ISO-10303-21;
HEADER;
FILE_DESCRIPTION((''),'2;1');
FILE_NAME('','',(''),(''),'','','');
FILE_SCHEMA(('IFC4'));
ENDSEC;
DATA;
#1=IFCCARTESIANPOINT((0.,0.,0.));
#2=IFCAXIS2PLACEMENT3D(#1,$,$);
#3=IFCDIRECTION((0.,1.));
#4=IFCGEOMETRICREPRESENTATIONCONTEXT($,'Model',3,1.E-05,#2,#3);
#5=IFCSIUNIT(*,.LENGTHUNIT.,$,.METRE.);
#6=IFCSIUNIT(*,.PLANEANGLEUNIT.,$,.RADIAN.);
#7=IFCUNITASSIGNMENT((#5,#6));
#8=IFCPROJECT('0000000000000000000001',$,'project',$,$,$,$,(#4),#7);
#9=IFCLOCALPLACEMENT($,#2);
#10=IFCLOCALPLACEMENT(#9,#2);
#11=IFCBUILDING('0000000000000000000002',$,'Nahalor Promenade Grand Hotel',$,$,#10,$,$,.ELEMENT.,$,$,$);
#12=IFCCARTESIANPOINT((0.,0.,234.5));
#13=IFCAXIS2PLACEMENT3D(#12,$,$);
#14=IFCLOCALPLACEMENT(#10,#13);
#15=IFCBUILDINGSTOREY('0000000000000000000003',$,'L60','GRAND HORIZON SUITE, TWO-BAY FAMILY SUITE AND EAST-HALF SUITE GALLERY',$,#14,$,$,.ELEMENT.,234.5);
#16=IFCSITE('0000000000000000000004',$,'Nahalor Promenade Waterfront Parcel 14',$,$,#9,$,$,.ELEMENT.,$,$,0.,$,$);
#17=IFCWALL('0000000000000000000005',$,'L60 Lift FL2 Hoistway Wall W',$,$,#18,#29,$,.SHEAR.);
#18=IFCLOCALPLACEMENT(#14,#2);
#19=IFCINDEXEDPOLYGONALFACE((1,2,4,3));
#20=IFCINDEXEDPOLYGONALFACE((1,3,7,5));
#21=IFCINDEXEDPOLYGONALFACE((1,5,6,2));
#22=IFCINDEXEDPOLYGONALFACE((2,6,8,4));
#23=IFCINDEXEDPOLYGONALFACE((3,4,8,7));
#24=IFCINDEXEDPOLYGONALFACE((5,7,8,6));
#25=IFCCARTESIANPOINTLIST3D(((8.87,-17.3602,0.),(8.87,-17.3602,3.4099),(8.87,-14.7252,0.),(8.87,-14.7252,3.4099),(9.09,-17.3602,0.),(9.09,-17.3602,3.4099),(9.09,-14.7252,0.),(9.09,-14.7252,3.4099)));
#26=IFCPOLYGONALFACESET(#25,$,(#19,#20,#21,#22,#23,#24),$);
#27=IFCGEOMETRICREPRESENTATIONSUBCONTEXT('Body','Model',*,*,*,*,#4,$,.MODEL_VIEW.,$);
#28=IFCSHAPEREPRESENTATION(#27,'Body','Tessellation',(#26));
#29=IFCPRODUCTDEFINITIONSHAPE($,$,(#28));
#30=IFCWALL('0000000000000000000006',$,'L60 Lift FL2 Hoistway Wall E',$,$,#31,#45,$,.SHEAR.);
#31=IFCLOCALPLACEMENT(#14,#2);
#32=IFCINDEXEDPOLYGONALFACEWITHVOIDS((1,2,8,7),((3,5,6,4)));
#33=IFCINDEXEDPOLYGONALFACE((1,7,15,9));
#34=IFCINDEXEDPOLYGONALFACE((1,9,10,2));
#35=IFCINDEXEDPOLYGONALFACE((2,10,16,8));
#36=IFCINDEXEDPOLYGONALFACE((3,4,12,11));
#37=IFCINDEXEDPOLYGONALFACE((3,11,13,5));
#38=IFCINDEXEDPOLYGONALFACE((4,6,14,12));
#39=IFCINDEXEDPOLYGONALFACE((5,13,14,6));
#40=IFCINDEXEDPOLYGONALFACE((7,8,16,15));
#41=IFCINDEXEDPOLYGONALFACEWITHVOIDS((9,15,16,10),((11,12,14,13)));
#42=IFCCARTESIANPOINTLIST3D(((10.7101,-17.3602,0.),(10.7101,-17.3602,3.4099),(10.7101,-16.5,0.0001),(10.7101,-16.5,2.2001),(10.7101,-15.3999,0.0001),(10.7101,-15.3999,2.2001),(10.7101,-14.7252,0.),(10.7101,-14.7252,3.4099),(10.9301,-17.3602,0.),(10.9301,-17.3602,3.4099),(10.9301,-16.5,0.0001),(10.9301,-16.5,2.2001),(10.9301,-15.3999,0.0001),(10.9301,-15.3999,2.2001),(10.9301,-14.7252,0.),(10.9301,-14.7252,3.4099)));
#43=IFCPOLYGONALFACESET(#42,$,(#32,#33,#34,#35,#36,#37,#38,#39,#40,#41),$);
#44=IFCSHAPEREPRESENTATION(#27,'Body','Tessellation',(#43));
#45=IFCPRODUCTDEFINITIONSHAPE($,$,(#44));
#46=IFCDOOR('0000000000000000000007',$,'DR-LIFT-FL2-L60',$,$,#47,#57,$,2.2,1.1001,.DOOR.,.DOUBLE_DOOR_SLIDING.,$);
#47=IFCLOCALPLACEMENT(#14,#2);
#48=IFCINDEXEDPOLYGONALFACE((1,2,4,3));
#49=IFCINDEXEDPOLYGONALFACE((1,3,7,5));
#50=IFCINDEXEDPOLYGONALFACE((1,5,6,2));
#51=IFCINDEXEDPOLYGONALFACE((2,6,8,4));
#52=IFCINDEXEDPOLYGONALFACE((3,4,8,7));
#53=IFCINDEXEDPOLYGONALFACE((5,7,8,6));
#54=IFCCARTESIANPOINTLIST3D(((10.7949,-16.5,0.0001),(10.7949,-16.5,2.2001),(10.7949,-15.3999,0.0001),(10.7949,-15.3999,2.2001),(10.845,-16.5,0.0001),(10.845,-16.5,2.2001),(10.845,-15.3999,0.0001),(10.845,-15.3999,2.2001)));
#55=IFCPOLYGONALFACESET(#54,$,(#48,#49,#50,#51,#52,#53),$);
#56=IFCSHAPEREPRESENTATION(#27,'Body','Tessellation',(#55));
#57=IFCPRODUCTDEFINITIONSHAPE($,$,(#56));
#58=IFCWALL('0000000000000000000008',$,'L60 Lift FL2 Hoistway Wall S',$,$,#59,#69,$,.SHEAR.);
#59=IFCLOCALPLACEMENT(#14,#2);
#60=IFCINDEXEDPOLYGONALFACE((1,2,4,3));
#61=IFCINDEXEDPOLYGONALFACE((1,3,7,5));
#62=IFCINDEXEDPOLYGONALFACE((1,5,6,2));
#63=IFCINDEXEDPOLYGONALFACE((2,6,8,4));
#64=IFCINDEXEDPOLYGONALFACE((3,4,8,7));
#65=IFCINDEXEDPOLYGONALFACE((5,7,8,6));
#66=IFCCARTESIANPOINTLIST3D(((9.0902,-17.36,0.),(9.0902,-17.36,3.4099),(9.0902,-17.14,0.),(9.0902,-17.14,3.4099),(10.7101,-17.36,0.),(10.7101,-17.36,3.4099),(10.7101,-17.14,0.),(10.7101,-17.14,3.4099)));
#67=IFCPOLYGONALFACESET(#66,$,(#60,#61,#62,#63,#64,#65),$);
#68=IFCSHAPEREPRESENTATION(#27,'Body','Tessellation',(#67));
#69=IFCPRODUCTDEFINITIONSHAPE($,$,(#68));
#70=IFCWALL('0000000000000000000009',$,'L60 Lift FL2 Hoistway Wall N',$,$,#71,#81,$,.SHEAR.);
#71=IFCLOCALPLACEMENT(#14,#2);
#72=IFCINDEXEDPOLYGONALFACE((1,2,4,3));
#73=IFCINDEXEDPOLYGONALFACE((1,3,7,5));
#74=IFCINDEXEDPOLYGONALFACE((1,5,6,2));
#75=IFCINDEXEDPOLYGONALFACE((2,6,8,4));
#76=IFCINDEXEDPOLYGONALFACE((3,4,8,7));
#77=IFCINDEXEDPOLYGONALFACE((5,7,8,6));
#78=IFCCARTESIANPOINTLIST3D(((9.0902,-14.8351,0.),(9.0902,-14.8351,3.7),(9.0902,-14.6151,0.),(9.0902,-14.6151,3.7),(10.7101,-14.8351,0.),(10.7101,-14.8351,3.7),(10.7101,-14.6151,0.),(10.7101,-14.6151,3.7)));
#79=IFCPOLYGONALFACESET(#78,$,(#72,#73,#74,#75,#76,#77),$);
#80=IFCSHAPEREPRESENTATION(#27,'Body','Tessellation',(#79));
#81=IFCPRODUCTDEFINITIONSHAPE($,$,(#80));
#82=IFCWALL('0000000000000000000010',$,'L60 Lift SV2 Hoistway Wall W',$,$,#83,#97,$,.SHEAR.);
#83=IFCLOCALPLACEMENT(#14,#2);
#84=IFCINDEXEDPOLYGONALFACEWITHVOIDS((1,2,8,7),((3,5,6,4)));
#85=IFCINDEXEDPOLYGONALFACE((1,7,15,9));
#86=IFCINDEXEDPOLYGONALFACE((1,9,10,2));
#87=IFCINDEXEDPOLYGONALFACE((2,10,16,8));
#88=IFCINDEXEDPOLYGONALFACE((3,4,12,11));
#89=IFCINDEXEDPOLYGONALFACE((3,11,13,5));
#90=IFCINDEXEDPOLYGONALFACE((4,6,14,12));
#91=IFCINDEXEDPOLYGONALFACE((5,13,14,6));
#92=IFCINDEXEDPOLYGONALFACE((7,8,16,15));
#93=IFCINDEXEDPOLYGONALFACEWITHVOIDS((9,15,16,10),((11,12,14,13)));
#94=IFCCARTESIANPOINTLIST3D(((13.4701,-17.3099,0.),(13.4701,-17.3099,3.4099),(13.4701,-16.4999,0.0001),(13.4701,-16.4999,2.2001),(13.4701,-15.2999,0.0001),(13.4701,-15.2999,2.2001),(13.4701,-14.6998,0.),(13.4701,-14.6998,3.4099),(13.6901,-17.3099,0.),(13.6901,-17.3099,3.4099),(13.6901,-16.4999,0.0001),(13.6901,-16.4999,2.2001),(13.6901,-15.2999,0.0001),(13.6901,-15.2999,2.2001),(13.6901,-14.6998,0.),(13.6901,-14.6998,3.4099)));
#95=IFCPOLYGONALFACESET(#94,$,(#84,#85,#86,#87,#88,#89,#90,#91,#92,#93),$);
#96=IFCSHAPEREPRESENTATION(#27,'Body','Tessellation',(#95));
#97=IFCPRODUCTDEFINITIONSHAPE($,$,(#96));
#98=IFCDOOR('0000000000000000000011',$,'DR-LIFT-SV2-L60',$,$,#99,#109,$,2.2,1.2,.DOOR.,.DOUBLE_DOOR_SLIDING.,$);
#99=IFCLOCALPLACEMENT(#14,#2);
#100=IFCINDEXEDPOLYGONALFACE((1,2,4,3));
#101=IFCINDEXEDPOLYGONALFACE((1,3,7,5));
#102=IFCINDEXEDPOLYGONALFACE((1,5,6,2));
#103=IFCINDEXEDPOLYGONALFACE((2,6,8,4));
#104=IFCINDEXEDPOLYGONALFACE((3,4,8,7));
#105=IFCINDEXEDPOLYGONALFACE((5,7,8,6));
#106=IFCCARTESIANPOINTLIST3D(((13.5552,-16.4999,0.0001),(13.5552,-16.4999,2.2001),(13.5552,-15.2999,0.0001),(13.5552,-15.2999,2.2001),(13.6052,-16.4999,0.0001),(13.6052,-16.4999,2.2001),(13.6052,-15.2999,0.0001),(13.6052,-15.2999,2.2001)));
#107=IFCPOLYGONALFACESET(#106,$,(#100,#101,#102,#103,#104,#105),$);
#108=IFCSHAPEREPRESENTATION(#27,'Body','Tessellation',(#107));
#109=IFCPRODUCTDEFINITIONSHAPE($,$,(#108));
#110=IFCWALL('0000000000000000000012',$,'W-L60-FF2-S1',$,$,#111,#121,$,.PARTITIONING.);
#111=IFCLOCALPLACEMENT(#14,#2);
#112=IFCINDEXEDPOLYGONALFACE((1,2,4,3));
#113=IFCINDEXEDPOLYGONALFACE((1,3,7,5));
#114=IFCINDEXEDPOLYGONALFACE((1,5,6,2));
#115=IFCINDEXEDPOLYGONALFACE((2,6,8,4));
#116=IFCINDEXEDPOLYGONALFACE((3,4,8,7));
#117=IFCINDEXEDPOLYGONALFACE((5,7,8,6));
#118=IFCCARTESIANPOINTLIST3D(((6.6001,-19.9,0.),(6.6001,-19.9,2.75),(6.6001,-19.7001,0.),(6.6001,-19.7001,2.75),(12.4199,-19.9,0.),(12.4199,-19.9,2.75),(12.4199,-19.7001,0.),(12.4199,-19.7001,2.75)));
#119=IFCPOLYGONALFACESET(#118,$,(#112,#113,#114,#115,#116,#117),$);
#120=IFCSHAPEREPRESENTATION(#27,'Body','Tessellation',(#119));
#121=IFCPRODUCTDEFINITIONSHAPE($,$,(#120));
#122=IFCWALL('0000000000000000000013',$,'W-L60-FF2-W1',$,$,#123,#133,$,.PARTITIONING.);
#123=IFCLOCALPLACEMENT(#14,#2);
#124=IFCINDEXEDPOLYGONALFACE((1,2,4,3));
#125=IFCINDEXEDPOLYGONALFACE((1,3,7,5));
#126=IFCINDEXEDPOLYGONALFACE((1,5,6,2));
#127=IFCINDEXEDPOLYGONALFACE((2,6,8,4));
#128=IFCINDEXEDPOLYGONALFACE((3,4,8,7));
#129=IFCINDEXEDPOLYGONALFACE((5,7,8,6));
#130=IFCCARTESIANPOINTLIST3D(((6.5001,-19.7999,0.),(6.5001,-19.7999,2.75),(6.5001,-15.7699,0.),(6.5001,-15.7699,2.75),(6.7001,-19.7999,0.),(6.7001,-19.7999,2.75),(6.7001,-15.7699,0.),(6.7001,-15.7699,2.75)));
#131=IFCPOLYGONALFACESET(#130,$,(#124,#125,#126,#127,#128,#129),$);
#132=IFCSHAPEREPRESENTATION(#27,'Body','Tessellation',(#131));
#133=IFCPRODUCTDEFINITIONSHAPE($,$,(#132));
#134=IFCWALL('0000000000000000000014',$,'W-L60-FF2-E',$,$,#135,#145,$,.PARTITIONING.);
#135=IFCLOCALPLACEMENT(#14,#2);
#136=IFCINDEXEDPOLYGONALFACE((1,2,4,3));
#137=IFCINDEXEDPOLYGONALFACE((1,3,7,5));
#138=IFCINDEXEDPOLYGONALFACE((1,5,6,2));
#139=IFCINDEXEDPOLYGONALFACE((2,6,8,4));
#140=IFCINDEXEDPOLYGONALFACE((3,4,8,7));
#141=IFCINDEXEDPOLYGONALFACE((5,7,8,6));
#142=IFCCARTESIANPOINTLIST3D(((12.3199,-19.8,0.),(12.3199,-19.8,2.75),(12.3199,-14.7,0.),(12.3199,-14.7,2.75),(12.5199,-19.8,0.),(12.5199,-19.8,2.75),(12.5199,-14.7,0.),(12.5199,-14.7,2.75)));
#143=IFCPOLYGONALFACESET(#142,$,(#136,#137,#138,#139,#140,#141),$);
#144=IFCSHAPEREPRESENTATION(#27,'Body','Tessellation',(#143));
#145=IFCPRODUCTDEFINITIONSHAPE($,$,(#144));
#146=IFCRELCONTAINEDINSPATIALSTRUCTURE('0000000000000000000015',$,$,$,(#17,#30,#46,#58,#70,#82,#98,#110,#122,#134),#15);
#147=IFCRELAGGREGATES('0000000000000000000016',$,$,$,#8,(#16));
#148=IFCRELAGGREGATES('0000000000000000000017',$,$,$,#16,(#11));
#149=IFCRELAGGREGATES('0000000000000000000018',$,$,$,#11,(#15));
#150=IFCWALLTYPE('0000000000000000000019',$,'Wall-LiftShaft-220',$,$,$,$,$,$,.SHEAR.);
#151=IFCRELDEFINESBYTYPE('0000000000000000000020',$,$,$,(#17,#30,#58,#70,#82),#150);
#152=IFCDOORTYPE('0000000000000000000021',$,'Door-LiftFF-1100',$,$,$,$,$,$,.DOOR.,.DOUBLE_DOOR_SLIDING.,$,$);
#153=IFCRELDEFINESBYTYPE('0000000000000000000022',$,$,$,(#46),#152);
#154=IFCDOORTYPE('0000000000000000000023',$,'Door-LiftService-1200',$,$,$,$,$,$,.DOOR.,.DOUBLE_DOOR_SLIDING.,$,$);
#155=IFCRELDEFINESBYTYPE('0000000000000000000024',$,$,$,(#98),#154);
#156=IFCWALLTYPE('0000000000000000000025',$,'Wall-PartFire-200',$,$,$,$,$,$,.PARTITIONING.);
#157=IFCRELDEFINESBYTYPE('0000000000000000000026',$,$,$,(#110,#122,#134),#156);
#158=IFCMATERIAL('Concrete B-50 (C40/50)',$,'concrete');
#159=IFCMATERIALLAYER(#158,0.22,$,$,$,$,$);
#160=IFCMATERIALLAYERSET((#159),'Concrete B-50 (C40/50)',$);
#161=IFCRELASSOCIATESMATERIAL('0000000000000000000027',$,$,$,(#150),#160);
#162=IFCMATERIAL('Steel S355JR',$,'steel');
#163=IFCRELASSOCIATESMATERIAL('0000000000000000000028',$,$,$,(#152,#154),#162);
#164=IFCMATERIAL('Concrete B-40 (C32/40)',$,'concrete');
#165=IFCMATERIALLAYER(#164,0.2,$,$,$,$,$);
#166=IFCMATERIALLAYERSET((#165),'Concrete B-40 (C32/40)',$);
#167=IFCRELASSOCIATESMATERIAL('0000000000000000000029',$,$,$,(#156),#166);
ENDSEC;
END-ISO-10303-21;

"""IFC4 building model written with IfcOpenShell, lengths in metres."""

from ifc_helpers import new_model, si_unit, direction, frame, frame_2d, origin, place, context, subcontext, project, spatial, rectangle, extrude, source, transform, mapped, material, layer, layer_set, type_object, element, fill, save


model = new_model("IFC4")

# Units and contexts
model_context = context("Model", 3, precision=1e-05, world=origin(), true_north=direction((0.0, 1.0)))
body_context = subcontext(model_context, "Body", "Model", "MODEL_VIEW")
ifc_project = project(units=[si_unit("LENGTHUNIT", "METRE"), si_unit("PLANEANGLEUNIT", "RADIAN")], contexts=[model_context])

# Site, building, storey
site_placement = place(None, origin())
site = spatial("IfcSite", under=ifc_project, at=site_placement, Name="Nahalor Promenade Waterfront Parcel 14", CompositionType="ELEMENT", RefElevation=0.0)
building_placement = place(site_placement, origin())
building = spatial("IfcBuilding", under=site, at=building_placement, Name="Nahalor Promenade Grand Hotel", CompositionType="ELEMENT")
storey_placement = place(building_placement, frame((0.0, 0.0, 234.5)))
storey = spatial("IfcBuildingStorey", under=building, at=storey_placement, Name="L60", Description="GRAND HORIZON SUITE, TWO-BAY FAMILY SUITE AND EAST-HALF SUITE GALLERY", CompositionType="ELEMENT", Elevation=234.5)

# Shared definitions
ifc_material_1 = material(Name="Steel S355JR", Category="steel")

# Shared definitions
ifc_material_2 = material(Name="Concrete B-50 (C40/50)", Category="concrete")

# Shared definitions
ifc_layer_1 = layer(ifc_material_2, 0.22)
ifc_layer_set_1 = layer_set([ifc_layer_1], Name="Concrete B-50 (C40/50)")
wall_type_1 = type_object("IfcWallType", Name="Wall-LiftShaft-220", PredefinedType="SHEAR", material=ifc_layer_set_1)

# Wall
shared_shape_1 = source(origin(), body_context, "Body", "SweptSolid", [
    extrude(rectangle(XDim=2.635, YDim=0.22, at=frame_2d((1.3174, 0.0))), origin(), (0.0, 0.0, 1.0), 3.4099),
])
wall_1_placement = place(storey_placement, frame((8.98, -17.3601, 0.0), z_axis=(0.0, 0.0, 1.0), x_axis=(0.0, 1.0, 0.0)))
element("IfcWall", 1, at=wall_1_placement, inside=storey, type_object=wall_type_1, Name="L60 Lift FL2 Hoistway Wall W", PredefinedType="SHEAR", context=body_context, shape_type="MappedRepresentation", body=[
    mapped(shared_shape_1, transform((0.0, 0.0, 0.0), scale=1.0)),
])

# Wall, opening, door
wall_2_placement = place(storey_placement, frame((10.8201, -17.3601, 0.0), z_axis=(0.0, 0.0, 1.0), x_axis=(0.0, 1.0, 0.0)))
wall_2 = element("IfcWall", 2, at=wall_2_placement, inside=storey, type_object=wall_type_1, Name="L60 Lift FL2 Hoistway Wall E", PredefinedType="SHEAR", context=body_context, shape_type="MappedRepresentation", body=[
    mapped(shared_shape_1, transform((0.0, 0.0, 0.0), scale=1.0)),
])
opening_1_placement = place(wall_2_placement, frame((0.8601, 0.0, 0.0)))
opening_1 = element("IfcOpeningElement", 3, at=opening_1_placement, cuts=wall_2, PredefinedType="OPENING", context=body_context, shape_type="SweptSolid", body=[
    extrude(rectangle(XDim=1.1001, YDim=2.2, at=frame_2d((0.55, 1.1001))), frame((0.0, 0.1199, 0.0), z_axis=(0.0, -1.0, 0.0), x_axis=(1.0, 0.0, 0.0)), (0.0, 0.0, 1.0), 0.24),
])
door_type_1 = type_object("IfcDoorType", Name="Door-LiftFF-1100", OperationType="DOUBLE_DOOR_SLIDING", PredefinedType="DOOR", material=ifc_material_1)
shared_shape_2 = source(origin(), body_context, "Body", "SweptSolid", [
    extrude(rectangle(XDim=1.1001, YDim=2.2, at=frame_2d((0.55, 1.1001))), frame((0.0, 0.0249, 0.0), z_axis=(0.0, -1.0, 0.0), x_axis=(1.0, 0.0, 0.0)), (0.0, 0.0, 1.0), 0.05),
])
door_1_placement = place(opening_1_placement, frame((1.1001, 0.0, 0.0), z_axis=(0.0, 0.0, 1.0), x_axis=(-1.0, 0.0, 0.0)))
door_1 = element("IfcDoor", 4, at=door_1_placement, inside=storey, type_object=door_type_1, Name="DR-LIFT-FL2-L60", OperationType="DOUBLE_DOOR_SLIDING", OverallHeight=2.2, OverallWidth=1.1001, PredefinedType="DOOR", context=body_context, shape_type="MappedRepresentation", body=[
    mapped(shared_shape_2, transform((0.0, 0.0, 0.0), scale=1.0)),
])
fill(opening_1, door_1)

# Walls
shared_shape_3 = source(origin(), body_context, "Body", "SweptSolid", [
    extrude(rectangle(XDim=1.6199, YDim=0.22, at=frame_2d((0.8101, 0.0))), origin(), (0.0, 0.0, 1.0), 3.4099),
])
wall_3_placement = place(storey_placement, frame((9.0901, -17.25, 0.0), z_axis=(0.0, 0.0, 1.0), x_axis=(1.0, 0.0, 0.0)))
element("IfcWall", 5, at=wall_3_placement, inside=storey, type_object=wall_type_1, Name="L60 Lift FL2 Hoistway Wall S", PredefinedType="SHEAR", context=body_context, shape_type="MappedRepresentation", body=[
    mapped(shared_shape_3, transform((0.0, 0.0, 0.0), scale=1.0)),
])
shared_shape_4 = source(origin(), body_context, "Body", "SweptSolid", [
    extrude(rectangle(XDim=1.6199, YDim=0.22, at=frame_2d((0.8101, 0.0))), origin(), (0.0, 0.0, 1.0), 3.7),
])
wall_4_placement = place(storey_placement, frame((9.0901, -14.7251, 0.0), z_axis=(0.0, 0.0, 1.0), x_axis=(1.0, 0.0, 0.0)))
element("IfcWall", 6, at=wall_4_placement, inside=storey, type_object=wall_type_1, Name="L60 Lift FL2 Hoistway Wall N", PredefinedType="SHEAR", context=body_context, shape_type="MappedRepresentation", body=[
    mapped(shared_shape_4, transform((0.0, 0.0, 0.0), scale=1.0)),
])

# Wall, opening, door
shared_shape_5 = source(origin(), body_context, "Body", "SweptSolid", [
    extrude(rectangle(XDim=2.6101, YDim=0.22, at=frame_2d((1.3052, 0.0))), origin(), (0.0, 0.0, 1.0), 3.4099),
])
wall_5_placement = place(storey_placement, frame((13.5801, -17.3101, 0.0), z_axis=(0.0, 0.0, 1.0), x_axis=(0.0, 1.0, 0.0)))
wall_5 = element("IfcWall", 7, at=wall_5_placement, inside=storey, type_object=wall_type_1, Name="L60 Lift SV2 Hoistway Wall W", PredefinedType="SHEAR", context=body_context, shape_type="MappedRepresentation", body=[
    mapped(shared_shape_5, transform((0.0, 0.0, 0.0), scale=1.0)),
])
opening_2_placement = place(wall_5_placement, frame((0.8101, 0.0, 0.0)))
opening_2 = element("IfcOpeningElement", 8, at=opening_2_placement, cuts=wall_5, PredefinedType="OPENING", context=body_context, shape_type="SweptSolid", body=[
    extrude(rectangle(XDim=1.2, YDim=2.2, at=frame_2d((0.6001, 1.1001))), frame((0.0, 0.1199, 0.0), z_axis=(0.0, -1.0, 0.0), x_axis=(1.0, 0.0, 0.0)), (0.0, 0.0, 1.0), 0.24),
])
door_type_2 = type_object("IfcDoorType", Name="Door-LiftService-1200", OperationType="DOUBLE_DOOR_SLIDING", PredefinedType="DOOR", material=ifc_material_1)
shared_shape_6 = source(origin(), body_context, "Body", "SweptSolid", [
    extrude(rectangle(XDim=1.2, YDim=2.2, at=frame_2d((0.6001, 1.1001))), frame((0.0, 0.0249, 0.0), z_axis=(0.0, -1.0, 0.0), x_axis=(1.0, 0.0, 0.0)), (0.0, 0.0, 1.0), 0.05),
])
door_2_placement = place(opening_2_placement, origin())
door_2 = element("IfcDoor", 9, at=door_2_placement, inside=storey, type_object=door_type_2, Name="DR-LIFT-SV2-L60", OperationType="DOUBLE_DOOR_SLIDING", OverallHeight=2.2, OverallWidth=1.2, PredefinedType="DOOR", context=body_context, shape_type="MappedRepresentation", body=[
    mapped(shared_shape_6, transform((0.0, 0.0, 0.0), scale=1.0)),
])
fill(opening_2, door_2)

# Walls
ifc_material_3 = material(Name="Concrete B-40 (C32/40)", Category="concrete")
ifc_layer_2 = layer(ifc_material_3, 0.2)
ifc_layer_set_2 = layer_set([ifc_layer_2], Name="Concrete B-40 (C32/40)")
wall_type_2 = type_object("IfcWallType", Name="Wall-PartFire-200", PredefinedType="PARTITIONING", material=ifc_layer_set_2)
shared_shape_7 = source(origin(), body_context, "Body", "SweptSolid", [
    extrude(rectangle(XDim=5.8198, YDim=0.2, at=frame_2d((2.9099, 0.0))), origin(), (0.0, 0.0, 1.0), 2.75),
])
wall_6_placement = place(storey_placement, frame((6.6001, -19.8, 0.0), z_axis=(0.0, 0.0, 1.0), x_axis=(1.0, 0.0, 0.0)))
element("IfcWall", 10, at=wall_6_placement, inside=storey, type_object=wall_type_2, Name="W-L60-FF2-S1", PredefinedType="PARTITIONING", context=body_context, shape_type="MappedRepresentation", body=[
    mapped(shared_shape_7, transform((0.0, 0.0, 0.0), scale=1.0)),
])
shared_shape_8 = source(origin(), body_context, "Body", "SweptSolid", [
    extrude(rectangle(XDim=4.03, YDim=0.2, at=frame_2d((2.0151, 0.0))), origin(), (0.0, 0.0, 1.0), 2.75),
])
wall_7_placement = place(storey_placement, frame((6.6001, -19.8, 0.0), z_axis=(0.0, 0.0, 1.0), x_axis=(0.0, 1.0, 0.0)))
element("IfcWall", 11, at=wall_7_placement, inside=storey, type_object=wall_type_2, Name="W-L60-FF2-W1", PredefinedType="PARTITIONING", context=body_context, shape_type="MappedRepresentation", body=[
    mapped(shared_shape_8, transform((0.0, 0.0, 0.0), scale=1.0)),
])
shared_shape_9 = source(origin(), body_context, "Body", "SweptSolid", [
    extrude(rectangle(XDim=5.1001, YDim=0.2, at=frame_2d((2.55, 0.0))), origin(), (0.0, 0.0, 1.0), 2.75),
])
wall_8_placement = place(storey_placement, frame((12.4199, -19.8, 0.0), z_axis=(0.0, 0.0, 1.0), x_axis=(0.0, 1.0, 0.0)))
element("IfcWall", 12, at=wall_8_placement, inside=storey, type_object=wall_type_2, Name="W-L60-FF2-E", PredefinedType="PARTITIONING", context=body_context, shape_type="MappedRepresentation", body=[
    mapped(shared_shape_9, transform((0.0, 0.0, 0.0), scale=1.0)),
])

save(model, "model.ifc")
